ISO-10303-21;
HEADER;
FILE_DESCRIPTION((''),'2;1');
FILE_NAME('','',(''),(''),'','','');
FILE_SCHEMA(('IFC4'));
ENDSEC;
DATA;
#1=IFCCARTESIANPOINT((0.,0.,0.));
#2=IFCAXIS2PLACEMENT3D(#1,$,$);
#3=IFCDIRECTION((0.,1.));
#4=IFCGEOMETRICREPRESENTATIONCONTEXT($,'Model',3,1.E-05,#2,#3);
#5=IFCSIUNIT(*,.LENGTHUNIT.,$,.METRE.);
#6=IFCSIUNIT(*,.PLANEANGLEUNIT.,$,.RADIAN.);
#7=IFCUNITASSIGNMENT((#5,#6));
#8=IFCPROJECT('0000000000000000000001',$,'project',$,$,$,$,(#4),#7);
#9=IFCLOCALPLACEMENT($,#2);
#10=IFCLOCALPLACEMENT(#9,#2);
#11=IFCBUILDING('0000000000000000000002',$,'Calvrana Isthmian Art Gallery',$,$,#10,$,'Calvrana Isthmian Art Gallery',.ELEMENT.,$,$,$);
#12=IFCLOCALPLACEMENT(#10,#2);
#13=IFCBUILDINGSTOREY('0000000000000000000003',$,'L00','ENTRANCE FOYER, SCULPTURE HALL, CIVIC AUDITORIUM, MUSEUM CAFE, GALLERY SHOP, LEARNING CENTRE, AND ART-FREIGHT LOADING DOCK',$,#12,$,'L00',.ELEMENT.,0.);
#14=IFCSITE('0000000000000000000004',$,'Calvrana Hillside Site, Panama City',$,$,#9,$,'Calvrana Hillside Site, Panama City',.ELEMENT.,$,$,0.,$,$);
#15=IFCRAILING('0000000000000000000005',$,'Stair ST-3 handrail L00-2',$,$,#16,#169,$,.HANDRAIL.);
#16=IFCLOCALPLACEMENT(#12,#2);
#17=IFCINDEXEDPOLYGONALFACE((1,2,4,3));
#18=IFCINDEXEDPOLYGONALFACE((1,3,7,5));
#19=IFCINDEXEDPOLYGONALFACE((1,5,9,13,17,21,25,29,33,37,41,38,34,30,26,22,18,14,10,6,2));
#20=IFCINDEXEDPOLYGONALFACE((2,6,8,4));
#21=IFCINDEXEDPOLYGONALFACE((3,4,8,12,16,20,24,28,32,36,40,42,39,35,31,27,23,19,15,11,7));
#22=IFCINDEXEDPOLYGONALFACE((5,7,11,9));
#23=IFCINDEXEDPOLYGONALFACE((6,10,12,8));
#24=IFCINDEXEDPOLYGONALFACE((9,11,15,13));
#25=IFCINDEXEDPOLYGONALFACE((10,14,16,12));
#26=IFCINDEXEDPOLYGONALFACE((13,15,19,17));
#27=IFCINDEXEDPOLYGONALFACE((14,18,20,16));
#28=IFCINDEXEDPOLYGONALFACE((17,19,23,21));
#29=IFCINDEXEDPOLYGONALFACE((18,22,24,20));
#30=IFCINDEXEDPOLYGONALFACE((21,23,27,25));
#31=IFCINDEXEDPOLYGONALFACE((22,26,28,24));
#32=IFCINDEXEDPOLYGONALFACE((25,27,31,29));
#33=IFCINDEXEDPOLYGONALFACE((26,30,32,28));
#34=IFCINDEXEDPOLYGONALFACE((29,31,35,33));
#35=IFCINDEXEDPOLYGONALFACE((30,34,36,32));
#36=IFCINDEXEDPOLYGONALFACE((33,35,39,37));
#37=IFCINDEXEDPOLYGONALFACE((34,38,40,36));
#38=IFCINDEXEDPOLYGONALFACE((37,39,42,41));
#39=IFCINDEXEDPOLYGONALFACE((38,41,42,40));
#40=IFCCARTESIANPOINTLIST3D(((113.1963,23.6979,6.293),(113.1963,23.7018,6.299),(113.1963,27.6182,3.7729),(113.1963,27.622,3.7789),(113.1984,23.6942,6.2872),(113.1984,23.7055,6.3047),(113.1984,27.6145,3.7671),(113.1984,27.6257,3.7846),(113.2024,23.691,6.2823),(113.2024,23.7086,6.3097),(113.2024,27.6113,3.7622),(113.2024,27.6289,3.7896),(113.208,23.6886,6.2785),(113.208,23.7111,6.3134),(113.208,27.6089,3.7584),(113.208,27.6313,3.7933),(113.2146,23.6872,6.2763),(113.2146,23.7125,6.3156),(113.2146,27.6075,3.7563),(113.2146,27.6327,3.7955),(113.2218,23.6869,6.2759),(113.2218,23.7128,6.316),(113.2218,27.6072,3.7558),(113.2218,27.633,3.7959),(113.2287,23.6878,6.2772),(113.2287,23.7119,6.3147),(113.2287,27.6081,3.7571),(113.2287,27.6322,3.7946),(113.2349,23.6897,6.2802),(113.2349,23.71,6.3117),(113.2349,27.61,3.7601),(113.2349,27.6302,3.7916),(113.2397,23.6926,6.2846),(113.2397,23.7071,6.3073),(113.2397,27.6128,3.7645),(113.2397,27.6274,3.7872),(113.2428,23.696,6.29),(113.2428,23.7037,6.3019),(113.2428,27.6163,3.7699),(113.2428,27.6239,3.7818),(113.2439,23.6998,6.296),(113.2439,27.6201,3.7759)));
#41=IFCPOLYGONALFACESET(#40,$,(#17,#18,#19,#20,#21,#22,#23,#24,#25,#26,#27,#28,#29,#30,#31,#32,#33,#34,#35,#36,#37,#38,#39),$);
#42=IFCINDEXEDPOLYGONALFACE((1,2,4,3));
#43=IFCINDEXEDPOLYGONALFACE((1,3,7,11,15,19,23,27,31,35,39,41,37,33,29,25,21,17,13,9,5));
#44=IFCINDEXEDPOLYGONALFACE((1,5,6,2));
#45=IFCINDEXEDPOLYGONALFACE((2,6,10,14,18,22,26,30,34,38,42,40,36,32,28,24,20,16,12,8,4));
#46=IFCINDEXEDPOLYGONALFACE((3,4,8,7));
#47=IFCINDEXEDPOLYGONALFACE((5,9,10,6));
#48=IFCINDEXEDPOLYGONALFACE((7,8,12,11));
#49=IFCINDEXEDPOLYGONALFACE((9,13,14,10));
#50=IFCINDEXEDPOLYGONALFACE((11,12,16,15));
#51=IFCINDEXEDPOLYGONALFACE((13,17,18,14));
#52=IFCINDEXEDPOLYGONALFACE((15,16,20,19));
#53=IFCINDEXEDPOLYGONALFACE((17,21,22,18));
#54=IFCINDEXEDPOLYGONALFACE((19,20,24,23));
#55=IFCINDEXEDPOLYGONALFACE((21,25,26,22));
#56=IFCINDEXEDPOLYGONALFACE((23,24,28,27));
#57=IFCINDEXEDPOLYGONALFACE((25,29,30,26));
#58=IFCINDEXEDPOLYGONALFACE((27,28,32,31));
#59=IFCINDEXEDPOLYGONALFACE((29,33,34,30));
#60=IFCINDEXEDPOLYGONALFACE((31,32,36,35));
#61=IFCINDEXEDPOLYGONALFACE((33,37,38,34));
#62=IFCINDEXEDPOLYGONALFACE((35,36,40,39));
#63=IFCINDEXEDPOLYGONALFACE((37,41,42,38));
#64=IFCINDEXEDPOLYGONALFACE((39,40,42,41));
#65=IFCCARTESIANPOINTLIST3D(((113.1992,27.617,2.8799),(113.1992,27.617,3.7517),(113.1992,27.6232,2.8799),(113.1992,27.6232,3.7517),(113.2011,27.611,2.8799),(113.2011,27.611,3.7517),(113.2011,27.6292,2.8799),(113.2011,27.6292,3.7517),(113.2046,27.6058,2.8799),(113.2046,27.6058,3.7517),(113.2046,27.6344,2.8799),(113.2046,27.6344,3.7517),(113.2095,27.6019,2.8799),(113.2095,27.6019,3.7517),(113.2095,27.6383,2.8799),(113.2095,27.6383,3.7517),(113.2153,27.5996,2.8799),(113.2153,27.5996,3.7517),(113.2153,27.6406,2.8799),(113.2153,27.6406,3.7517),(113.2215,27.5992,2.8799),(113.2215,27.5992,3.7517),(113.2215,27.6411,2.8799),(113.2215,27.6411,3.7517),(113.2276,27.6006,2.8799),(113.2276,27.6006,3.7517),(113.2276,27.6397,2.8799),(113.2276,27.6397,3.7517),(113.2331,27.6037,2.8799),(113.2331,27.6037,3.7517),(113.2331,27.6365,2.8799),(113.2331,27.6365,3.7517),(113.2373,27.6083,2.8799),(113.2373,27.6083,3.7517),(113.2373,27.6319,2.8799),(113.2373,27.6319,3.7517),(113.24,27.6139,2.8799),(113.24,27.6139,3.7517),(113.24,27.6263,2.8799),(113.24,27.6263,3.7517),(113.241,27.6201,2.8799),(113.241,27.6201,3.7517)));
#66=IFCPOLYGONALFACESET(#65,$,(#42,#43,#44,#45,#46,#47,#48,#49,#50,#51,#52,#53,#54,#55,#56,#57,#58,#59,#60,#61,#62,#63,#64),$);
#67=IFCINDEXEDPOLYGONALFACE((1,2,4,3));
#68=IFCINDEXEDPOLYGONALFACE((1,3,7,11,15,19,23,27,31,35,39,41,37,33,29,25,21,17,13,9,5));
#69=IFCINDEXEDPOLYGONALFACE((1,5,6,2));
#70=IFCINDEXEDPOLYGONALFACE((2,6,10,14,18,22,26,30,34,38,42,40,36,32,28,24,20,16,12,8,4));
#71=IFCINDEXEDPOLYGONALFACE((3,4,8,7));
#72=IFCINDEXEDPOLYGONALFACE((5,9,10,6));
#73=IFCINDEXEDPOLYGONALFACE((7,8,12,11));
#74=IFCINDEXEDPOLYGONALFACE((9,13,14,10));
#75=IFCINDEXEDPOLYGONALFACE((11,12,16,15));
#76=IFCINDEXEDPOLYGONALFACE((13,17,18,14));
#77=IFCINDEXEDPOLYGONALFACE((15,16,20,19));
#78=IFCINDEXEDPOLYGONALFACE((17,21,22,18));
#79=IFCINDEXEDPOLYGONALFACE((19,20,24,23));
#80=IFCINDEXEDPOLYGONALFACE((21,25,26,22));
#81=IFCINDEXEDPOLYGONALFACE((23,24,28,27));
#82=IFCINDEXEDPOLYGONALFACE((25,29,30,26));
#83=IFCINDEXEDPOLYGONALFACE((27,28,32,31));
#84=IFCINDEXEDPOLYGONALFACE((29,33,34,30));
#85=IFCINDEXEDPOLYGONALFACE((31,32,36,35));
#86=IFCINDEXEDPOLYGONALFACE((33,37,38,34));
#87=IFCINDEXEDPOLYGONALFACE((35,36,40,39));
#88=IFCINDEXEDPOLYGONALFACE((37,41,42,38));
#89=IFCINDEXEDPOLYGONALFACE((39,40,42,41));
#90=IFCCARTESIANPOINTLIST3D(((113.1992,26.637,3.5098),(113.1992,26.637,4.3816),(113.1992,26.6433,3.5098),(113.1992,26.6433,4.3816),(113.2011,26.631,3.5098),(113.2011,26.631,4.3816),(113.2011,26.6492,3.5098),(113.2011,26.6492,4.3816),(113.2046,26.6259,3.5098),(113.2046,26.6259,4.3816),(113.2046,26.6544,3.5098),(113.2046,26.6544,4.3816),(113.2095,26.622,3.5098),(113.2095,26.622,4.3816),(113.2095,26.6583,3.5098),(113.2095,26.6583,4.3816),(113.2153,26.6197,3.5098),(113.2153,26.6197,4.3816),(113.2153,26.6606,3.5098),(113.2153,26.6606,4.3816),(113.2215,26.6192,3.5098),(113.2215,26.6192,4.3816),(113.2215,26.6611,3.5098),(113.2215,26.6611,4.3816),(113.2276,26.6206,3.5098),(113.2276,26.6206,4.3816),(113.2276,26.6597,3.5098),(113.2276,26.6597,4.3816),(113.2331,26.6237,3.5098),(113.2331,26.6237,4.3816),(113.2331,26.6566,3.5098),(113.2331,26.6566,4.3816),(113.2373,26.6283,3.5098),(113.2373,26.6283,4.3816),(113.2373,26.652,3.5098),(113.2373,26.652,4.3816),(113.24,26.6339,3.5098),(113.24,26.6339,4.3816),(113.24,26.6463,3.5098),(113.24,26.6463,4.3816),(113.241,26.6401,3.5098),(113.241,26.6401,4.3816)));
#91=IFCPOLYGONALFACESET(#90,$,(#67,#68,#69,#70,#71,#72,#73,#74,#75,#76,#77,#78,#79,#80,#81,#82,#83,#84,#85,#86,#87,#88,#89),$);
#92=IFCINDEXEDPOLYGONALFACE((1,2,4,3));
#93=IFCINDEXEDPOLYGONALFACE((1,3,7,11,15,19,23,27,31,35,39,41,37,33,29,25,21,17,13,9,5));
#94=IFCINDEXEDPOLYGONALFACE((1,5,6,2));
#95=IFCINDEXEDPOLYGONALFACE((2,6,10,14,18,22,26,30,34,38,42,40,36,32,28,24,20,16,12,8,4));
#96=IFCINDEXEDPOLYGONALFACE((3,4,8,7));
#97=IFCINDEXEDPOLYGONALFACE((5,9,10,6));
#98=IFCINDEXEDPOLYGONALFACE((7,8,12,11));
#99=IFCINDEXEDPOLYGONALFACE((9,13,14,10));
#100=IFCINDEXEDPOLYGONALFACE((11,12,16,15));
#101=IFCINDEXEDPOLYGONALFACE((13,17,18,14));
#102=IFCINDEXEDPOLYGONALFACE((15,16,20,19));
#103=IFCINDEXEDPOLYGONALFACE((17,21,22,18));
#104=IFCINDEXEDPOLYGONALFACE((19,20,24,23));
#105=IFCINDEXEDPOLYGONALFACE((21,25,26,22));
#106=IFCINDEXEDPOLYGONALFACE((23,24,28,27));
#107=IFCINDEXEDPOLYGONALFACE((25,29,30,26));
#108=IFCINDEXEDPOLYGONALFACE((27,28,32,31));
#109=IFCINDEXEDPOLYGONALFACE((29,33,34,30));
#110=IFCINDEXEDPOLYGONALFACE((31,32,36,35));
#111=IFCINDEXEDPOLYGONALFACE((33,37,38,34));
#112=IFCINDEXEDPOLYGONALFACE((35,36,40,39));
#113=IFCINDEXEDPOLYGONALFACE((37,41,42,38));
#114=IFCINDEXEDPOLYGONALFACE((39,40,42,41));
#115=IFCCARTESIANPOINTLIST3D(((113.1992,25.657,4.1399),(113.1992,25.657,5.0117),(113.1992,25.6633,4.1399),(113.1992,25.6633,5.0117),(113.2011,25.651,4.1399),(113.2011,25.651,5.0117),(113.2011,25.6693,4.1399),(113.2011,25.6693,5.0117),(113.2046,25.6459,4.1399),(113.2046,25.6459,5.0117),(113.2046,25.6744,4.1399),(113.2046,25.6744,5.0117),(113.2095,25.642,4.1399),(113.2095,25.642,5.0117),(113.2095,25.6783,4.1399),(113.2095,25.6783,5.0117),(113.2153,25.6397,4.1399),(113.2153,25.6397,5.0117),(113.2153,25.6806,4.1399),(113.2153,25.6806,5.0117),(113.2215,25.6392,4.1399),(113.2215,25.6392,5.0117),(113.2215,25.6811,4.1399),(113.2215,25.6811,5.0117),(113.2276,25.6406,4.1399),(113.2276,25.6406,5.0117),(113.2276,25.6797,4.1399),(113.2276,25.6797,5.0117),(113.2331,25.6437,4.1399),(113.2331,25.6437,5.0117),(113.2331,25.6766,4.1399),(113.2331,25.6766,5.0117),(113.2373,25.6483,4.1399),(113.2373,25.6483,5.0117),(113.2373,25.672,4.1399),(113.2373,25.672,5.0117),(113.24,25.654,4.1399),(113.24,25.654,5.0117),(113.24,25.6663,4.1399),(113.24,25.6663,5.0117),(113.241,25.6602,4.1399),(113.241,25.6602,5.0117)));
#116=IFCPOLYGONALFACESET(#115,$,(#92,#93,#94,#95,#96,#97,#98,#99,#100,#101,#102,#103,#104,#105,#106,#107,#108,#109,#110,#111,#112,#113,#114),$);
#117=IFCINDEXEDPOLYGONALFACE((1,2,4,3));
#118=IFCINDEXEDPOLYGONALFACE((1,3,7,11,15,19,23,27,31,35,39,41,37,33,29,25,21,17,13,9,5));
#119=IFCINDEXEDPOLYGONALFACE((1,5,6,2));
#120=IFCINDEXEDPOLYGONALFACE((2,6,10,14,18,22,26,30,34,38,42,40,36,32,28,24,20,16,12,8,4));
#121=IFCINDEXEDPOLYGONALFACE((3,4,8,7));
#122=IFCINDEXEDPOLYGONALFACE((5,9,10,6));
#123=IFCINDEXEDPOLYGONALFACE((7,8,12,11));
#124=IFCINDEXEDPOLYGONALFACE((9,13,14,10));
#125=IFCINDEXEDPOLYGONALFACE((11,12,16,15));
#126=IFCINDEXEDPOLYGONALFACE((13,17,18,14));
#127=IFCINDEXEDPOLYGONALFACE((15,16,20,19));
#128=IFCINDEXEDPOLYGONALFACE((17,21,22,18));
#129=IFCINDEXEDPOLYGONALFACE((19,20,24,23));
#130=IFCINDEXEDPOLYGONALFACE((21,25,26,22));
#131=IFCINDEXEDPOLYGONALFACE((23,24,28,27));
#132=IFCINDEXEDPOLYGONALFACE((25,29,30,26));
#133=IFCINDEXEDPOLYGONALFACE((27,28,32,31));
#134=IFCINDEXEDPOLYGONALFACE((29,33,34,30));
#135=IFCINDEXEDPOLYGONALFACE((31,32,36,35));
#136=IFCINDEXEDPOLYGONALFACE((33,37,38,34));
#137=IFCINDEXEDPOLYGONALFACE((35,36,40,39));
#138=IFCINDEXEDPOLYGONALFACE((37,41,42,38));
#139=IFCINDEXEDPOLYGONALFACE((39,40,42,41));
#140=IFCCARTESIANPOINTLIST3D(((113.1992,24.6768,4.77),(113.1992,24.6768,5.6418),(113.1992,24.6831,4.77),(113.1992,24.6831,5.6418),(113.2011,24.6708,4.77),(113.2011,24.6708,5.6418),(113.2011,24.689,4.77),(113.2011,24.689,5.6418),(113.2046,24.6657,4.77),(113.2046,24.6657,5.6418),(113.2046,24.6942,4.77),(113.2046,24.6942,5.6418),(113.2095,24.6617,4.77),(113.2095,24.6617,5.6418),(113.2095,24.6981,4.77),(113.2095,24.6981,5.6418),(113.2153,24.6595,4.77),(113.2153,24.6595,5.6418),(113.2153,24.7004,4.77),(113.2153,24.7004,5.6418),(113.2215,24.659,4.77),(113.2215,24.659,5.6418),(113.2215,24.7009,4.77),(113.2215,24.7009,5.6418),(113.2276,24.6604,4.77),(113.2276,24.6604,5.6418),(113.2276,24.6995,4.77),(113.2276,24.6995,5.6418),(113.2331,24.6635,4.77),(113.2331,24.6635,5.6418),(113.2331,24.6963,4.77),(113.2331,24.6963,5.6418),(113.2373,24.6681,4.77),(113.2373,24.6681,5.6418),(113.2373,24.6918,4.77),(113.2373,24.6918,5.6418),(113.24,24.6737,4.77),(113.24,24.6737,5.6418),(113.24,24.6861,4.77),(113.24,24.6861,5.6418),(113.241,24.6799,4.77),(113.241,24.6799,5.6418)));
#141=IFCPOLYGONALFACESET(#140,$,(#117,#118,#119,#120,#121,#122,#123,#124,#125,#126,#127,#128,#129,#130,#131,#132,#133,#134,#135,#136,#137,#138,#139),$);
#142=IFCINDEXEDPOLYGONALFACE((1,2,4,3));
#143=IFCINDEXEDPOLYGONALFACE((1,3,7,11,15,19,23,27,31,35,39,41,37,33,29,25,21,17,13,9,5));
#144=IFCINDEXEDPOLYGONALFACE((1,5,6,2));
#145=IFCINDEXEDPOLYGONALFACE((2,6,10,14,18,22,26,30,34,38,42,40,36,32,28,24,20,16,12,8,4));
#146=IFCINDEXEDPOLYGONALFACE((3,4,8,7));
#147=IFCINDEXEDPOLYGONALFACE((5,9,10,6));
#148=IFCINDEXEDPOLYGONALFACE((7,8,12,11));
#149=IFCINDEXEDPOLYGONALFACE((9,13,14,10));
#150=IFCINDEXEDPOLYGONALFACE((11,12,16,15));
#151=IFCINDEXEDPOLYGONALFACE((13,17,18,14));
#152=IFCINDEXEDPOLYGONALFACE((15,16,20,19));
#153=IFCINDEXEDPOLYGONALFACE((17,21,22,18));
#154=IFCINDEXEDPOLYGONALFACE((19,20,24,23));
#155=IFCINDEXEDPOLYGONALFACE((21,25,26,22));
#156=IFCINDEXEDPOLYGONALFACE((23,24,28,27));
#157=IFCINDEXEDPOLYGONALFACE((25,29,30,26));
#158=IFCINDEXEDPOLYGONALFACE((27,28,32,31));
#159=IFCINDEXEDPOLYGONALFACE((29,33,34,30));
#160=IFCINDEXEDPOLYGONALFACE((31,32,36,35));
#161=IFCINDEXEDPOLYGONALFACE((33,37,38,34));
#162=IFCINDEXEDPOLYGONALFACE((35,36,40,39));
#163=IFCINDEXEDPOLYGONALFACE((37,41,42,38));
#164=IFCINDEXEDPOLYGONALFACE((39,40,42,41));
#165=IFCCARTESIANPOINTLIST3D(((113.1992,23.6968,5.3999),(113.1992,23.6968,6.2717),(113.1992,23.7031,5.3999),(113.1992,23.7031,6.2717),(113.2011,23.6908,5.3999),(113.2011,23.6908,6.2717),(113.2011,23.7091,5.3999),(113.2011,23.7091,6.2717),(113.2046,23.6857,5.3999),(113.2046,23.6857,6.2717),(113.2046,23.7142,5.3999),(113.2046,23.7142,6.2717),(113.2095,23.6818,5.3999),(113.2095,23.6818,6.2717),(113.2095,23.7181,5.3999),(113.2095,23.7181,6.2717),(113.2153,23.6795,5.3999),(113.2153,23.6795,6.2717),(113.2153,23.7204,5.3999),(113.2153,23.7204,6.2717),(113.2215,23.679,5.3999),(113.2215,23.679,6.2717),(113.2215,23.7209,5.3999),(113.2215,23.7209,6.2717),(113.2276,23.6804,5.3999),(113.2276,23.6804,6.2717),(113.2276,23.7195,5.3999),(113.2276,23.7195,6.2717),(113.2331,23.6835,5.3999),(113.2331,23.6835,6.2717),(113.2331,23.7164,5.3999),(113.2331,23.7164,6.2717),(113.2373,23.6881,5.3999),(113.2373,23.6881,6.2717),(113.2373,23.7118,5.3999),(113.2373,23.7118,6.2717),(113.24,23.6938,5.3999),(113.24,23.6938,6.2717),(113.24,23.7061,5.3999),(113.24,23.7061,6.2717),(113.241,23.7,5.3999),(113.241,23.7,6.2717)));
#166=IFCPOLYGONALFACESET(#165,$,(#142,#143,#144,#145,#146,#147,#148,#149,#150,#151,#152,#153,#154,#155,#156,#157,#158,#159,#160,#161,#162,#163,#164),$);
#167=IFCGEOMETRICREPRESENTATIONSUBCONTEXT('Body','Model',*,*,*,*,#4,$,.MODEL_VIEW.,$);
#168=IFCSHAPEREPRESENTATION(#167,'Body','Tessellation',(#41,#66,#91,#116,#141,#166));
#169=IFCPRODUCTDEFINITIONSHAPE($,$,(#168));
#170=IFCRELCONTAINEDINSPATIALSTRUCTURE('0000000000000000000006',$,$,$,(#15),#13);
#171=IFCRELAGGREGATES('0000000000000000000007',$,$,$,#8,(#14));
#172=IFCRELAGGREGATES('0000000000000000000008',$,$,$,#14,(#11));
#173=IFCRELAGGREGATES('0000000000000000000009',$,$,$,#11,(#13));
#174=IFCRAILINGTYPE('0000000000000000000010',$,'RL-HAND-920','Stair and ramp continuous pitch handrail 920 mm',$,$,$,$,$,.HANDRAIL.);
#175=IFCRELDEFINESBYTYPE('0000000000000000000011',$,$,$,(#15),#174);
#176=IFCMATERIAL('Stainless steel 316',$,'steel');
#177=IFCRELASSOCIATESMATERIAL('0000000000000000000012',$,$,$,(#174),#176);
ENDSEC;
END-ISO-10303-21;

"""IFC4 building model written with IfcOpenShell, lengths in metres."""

from ifc_helpers import new_model, si_unit, direction, frame, origin, origin_2d, place, context, subcontext, project, spatial, circle, extrude, material, type_object, element, save


model = new_model("IFC4")

# Units and contexts
model_context = context("Model", 3, precision=1e-05, world=origin(), true_north=direction((0.0, 1.0)))
body_context = subcontext(model_context, "Body", "Model", "MODEL_VIEW")
ifc_project = project(units=[si_unit("LENGTHUNIT", "METRE"), si_unit("PLANEANGLEUNIT", "RADIAN")], contexts=[model_context])

# Site, building, storey
site_placement = place(None, origin())
site = spatial("IfcSite", under=ifc_project, at=site_placement, Name="Calvrana Hillside Site, Panama City", LongName="Calvrana Hillside Site, Panama City", CompositionType="ELEMENT", RefElevation=0.0)
building_placement = place(site_placement, origin())
building = spatial("IfcBuilding", under=site, at=building_placement, Name="Calvrana Isthmian Art Gallery", LongName="Calvrana Isthmian Art Gallery", CompositionType="ELEMENT")
storey_placement = place(building_placement, origin())
storey = spatial("IfcBuildingStorey", under=building, at=storey_placement, Name="L00", Description="ENTRANCE FOYER, SCULPTURE HALL, CIVIC AUDITORIUM, MUSEUM CAFE, GALLERY SHOP, LEARNING CENTRE, AND ART-FREIGHT LOADING DOCK", LongName="L00", CompositionType="ELEMENT", Elevation=0.0)

# Railing
ifc_material_1 = material(Name="Stainless steel 316", Category="steel")
railing_type_1 = type_object("IfcRailingType", Name="RL-HAND-920", Description="Stair and ramp continuous pitch handrail 920 mm", PredefinedType="HANDRAIL", material=ifc_material_1)
railing_1_placement = place(storey_placement, frame((113.22, 27.6201, 2.8799)))
element("IfcRailing", 1, at=railing_1_placement, inside=storey, type_object=railing_type_1, Name="Stair ST-3 handrail L00-2", PredefinedType="HANDRAIL", context=body_context, shape_type="SweptSolid", body=[
    extrude(circle(Radius=0.0239, at=origin_2d()), frame((0.0, 0.0, 0.896), z_axis=(0.0, -0.841187, 0.540744), x_axis=(1.0, 0.0, 0.0)), (0.0, 0.0, 1.0), 4.6604),
    extrude(circle(Radius=0.021, at=origin_2d()), origin(), (0.0, 0.0, 1.0), 0.8718),
    extrude(circle(Radius=0.021, at=origin_2d()), frame((0.0, -0.98, 0.6299)), (0.0, 0.0, 1.0), 0.8718),
    extrude(circle(Radius=0.021, at=origin_2d()), frame((0.0, -1.96, 1.26)), (0.0, 0.0, 1.0), 0.8718),
    extrude(circle(Radius=0.021, at=origin_2d()), frame((0.0, -2.9402, 1.8901)), (0.0, 0.0, 1.0), 0.8718),
    extrude(circle(Radius=0.021, at=origin_2d()), frame((0.0, -3.9202, 2.52)), (0.0, 0.0, 1.0), 0.8718),
])

save(model, "model.ifc")
